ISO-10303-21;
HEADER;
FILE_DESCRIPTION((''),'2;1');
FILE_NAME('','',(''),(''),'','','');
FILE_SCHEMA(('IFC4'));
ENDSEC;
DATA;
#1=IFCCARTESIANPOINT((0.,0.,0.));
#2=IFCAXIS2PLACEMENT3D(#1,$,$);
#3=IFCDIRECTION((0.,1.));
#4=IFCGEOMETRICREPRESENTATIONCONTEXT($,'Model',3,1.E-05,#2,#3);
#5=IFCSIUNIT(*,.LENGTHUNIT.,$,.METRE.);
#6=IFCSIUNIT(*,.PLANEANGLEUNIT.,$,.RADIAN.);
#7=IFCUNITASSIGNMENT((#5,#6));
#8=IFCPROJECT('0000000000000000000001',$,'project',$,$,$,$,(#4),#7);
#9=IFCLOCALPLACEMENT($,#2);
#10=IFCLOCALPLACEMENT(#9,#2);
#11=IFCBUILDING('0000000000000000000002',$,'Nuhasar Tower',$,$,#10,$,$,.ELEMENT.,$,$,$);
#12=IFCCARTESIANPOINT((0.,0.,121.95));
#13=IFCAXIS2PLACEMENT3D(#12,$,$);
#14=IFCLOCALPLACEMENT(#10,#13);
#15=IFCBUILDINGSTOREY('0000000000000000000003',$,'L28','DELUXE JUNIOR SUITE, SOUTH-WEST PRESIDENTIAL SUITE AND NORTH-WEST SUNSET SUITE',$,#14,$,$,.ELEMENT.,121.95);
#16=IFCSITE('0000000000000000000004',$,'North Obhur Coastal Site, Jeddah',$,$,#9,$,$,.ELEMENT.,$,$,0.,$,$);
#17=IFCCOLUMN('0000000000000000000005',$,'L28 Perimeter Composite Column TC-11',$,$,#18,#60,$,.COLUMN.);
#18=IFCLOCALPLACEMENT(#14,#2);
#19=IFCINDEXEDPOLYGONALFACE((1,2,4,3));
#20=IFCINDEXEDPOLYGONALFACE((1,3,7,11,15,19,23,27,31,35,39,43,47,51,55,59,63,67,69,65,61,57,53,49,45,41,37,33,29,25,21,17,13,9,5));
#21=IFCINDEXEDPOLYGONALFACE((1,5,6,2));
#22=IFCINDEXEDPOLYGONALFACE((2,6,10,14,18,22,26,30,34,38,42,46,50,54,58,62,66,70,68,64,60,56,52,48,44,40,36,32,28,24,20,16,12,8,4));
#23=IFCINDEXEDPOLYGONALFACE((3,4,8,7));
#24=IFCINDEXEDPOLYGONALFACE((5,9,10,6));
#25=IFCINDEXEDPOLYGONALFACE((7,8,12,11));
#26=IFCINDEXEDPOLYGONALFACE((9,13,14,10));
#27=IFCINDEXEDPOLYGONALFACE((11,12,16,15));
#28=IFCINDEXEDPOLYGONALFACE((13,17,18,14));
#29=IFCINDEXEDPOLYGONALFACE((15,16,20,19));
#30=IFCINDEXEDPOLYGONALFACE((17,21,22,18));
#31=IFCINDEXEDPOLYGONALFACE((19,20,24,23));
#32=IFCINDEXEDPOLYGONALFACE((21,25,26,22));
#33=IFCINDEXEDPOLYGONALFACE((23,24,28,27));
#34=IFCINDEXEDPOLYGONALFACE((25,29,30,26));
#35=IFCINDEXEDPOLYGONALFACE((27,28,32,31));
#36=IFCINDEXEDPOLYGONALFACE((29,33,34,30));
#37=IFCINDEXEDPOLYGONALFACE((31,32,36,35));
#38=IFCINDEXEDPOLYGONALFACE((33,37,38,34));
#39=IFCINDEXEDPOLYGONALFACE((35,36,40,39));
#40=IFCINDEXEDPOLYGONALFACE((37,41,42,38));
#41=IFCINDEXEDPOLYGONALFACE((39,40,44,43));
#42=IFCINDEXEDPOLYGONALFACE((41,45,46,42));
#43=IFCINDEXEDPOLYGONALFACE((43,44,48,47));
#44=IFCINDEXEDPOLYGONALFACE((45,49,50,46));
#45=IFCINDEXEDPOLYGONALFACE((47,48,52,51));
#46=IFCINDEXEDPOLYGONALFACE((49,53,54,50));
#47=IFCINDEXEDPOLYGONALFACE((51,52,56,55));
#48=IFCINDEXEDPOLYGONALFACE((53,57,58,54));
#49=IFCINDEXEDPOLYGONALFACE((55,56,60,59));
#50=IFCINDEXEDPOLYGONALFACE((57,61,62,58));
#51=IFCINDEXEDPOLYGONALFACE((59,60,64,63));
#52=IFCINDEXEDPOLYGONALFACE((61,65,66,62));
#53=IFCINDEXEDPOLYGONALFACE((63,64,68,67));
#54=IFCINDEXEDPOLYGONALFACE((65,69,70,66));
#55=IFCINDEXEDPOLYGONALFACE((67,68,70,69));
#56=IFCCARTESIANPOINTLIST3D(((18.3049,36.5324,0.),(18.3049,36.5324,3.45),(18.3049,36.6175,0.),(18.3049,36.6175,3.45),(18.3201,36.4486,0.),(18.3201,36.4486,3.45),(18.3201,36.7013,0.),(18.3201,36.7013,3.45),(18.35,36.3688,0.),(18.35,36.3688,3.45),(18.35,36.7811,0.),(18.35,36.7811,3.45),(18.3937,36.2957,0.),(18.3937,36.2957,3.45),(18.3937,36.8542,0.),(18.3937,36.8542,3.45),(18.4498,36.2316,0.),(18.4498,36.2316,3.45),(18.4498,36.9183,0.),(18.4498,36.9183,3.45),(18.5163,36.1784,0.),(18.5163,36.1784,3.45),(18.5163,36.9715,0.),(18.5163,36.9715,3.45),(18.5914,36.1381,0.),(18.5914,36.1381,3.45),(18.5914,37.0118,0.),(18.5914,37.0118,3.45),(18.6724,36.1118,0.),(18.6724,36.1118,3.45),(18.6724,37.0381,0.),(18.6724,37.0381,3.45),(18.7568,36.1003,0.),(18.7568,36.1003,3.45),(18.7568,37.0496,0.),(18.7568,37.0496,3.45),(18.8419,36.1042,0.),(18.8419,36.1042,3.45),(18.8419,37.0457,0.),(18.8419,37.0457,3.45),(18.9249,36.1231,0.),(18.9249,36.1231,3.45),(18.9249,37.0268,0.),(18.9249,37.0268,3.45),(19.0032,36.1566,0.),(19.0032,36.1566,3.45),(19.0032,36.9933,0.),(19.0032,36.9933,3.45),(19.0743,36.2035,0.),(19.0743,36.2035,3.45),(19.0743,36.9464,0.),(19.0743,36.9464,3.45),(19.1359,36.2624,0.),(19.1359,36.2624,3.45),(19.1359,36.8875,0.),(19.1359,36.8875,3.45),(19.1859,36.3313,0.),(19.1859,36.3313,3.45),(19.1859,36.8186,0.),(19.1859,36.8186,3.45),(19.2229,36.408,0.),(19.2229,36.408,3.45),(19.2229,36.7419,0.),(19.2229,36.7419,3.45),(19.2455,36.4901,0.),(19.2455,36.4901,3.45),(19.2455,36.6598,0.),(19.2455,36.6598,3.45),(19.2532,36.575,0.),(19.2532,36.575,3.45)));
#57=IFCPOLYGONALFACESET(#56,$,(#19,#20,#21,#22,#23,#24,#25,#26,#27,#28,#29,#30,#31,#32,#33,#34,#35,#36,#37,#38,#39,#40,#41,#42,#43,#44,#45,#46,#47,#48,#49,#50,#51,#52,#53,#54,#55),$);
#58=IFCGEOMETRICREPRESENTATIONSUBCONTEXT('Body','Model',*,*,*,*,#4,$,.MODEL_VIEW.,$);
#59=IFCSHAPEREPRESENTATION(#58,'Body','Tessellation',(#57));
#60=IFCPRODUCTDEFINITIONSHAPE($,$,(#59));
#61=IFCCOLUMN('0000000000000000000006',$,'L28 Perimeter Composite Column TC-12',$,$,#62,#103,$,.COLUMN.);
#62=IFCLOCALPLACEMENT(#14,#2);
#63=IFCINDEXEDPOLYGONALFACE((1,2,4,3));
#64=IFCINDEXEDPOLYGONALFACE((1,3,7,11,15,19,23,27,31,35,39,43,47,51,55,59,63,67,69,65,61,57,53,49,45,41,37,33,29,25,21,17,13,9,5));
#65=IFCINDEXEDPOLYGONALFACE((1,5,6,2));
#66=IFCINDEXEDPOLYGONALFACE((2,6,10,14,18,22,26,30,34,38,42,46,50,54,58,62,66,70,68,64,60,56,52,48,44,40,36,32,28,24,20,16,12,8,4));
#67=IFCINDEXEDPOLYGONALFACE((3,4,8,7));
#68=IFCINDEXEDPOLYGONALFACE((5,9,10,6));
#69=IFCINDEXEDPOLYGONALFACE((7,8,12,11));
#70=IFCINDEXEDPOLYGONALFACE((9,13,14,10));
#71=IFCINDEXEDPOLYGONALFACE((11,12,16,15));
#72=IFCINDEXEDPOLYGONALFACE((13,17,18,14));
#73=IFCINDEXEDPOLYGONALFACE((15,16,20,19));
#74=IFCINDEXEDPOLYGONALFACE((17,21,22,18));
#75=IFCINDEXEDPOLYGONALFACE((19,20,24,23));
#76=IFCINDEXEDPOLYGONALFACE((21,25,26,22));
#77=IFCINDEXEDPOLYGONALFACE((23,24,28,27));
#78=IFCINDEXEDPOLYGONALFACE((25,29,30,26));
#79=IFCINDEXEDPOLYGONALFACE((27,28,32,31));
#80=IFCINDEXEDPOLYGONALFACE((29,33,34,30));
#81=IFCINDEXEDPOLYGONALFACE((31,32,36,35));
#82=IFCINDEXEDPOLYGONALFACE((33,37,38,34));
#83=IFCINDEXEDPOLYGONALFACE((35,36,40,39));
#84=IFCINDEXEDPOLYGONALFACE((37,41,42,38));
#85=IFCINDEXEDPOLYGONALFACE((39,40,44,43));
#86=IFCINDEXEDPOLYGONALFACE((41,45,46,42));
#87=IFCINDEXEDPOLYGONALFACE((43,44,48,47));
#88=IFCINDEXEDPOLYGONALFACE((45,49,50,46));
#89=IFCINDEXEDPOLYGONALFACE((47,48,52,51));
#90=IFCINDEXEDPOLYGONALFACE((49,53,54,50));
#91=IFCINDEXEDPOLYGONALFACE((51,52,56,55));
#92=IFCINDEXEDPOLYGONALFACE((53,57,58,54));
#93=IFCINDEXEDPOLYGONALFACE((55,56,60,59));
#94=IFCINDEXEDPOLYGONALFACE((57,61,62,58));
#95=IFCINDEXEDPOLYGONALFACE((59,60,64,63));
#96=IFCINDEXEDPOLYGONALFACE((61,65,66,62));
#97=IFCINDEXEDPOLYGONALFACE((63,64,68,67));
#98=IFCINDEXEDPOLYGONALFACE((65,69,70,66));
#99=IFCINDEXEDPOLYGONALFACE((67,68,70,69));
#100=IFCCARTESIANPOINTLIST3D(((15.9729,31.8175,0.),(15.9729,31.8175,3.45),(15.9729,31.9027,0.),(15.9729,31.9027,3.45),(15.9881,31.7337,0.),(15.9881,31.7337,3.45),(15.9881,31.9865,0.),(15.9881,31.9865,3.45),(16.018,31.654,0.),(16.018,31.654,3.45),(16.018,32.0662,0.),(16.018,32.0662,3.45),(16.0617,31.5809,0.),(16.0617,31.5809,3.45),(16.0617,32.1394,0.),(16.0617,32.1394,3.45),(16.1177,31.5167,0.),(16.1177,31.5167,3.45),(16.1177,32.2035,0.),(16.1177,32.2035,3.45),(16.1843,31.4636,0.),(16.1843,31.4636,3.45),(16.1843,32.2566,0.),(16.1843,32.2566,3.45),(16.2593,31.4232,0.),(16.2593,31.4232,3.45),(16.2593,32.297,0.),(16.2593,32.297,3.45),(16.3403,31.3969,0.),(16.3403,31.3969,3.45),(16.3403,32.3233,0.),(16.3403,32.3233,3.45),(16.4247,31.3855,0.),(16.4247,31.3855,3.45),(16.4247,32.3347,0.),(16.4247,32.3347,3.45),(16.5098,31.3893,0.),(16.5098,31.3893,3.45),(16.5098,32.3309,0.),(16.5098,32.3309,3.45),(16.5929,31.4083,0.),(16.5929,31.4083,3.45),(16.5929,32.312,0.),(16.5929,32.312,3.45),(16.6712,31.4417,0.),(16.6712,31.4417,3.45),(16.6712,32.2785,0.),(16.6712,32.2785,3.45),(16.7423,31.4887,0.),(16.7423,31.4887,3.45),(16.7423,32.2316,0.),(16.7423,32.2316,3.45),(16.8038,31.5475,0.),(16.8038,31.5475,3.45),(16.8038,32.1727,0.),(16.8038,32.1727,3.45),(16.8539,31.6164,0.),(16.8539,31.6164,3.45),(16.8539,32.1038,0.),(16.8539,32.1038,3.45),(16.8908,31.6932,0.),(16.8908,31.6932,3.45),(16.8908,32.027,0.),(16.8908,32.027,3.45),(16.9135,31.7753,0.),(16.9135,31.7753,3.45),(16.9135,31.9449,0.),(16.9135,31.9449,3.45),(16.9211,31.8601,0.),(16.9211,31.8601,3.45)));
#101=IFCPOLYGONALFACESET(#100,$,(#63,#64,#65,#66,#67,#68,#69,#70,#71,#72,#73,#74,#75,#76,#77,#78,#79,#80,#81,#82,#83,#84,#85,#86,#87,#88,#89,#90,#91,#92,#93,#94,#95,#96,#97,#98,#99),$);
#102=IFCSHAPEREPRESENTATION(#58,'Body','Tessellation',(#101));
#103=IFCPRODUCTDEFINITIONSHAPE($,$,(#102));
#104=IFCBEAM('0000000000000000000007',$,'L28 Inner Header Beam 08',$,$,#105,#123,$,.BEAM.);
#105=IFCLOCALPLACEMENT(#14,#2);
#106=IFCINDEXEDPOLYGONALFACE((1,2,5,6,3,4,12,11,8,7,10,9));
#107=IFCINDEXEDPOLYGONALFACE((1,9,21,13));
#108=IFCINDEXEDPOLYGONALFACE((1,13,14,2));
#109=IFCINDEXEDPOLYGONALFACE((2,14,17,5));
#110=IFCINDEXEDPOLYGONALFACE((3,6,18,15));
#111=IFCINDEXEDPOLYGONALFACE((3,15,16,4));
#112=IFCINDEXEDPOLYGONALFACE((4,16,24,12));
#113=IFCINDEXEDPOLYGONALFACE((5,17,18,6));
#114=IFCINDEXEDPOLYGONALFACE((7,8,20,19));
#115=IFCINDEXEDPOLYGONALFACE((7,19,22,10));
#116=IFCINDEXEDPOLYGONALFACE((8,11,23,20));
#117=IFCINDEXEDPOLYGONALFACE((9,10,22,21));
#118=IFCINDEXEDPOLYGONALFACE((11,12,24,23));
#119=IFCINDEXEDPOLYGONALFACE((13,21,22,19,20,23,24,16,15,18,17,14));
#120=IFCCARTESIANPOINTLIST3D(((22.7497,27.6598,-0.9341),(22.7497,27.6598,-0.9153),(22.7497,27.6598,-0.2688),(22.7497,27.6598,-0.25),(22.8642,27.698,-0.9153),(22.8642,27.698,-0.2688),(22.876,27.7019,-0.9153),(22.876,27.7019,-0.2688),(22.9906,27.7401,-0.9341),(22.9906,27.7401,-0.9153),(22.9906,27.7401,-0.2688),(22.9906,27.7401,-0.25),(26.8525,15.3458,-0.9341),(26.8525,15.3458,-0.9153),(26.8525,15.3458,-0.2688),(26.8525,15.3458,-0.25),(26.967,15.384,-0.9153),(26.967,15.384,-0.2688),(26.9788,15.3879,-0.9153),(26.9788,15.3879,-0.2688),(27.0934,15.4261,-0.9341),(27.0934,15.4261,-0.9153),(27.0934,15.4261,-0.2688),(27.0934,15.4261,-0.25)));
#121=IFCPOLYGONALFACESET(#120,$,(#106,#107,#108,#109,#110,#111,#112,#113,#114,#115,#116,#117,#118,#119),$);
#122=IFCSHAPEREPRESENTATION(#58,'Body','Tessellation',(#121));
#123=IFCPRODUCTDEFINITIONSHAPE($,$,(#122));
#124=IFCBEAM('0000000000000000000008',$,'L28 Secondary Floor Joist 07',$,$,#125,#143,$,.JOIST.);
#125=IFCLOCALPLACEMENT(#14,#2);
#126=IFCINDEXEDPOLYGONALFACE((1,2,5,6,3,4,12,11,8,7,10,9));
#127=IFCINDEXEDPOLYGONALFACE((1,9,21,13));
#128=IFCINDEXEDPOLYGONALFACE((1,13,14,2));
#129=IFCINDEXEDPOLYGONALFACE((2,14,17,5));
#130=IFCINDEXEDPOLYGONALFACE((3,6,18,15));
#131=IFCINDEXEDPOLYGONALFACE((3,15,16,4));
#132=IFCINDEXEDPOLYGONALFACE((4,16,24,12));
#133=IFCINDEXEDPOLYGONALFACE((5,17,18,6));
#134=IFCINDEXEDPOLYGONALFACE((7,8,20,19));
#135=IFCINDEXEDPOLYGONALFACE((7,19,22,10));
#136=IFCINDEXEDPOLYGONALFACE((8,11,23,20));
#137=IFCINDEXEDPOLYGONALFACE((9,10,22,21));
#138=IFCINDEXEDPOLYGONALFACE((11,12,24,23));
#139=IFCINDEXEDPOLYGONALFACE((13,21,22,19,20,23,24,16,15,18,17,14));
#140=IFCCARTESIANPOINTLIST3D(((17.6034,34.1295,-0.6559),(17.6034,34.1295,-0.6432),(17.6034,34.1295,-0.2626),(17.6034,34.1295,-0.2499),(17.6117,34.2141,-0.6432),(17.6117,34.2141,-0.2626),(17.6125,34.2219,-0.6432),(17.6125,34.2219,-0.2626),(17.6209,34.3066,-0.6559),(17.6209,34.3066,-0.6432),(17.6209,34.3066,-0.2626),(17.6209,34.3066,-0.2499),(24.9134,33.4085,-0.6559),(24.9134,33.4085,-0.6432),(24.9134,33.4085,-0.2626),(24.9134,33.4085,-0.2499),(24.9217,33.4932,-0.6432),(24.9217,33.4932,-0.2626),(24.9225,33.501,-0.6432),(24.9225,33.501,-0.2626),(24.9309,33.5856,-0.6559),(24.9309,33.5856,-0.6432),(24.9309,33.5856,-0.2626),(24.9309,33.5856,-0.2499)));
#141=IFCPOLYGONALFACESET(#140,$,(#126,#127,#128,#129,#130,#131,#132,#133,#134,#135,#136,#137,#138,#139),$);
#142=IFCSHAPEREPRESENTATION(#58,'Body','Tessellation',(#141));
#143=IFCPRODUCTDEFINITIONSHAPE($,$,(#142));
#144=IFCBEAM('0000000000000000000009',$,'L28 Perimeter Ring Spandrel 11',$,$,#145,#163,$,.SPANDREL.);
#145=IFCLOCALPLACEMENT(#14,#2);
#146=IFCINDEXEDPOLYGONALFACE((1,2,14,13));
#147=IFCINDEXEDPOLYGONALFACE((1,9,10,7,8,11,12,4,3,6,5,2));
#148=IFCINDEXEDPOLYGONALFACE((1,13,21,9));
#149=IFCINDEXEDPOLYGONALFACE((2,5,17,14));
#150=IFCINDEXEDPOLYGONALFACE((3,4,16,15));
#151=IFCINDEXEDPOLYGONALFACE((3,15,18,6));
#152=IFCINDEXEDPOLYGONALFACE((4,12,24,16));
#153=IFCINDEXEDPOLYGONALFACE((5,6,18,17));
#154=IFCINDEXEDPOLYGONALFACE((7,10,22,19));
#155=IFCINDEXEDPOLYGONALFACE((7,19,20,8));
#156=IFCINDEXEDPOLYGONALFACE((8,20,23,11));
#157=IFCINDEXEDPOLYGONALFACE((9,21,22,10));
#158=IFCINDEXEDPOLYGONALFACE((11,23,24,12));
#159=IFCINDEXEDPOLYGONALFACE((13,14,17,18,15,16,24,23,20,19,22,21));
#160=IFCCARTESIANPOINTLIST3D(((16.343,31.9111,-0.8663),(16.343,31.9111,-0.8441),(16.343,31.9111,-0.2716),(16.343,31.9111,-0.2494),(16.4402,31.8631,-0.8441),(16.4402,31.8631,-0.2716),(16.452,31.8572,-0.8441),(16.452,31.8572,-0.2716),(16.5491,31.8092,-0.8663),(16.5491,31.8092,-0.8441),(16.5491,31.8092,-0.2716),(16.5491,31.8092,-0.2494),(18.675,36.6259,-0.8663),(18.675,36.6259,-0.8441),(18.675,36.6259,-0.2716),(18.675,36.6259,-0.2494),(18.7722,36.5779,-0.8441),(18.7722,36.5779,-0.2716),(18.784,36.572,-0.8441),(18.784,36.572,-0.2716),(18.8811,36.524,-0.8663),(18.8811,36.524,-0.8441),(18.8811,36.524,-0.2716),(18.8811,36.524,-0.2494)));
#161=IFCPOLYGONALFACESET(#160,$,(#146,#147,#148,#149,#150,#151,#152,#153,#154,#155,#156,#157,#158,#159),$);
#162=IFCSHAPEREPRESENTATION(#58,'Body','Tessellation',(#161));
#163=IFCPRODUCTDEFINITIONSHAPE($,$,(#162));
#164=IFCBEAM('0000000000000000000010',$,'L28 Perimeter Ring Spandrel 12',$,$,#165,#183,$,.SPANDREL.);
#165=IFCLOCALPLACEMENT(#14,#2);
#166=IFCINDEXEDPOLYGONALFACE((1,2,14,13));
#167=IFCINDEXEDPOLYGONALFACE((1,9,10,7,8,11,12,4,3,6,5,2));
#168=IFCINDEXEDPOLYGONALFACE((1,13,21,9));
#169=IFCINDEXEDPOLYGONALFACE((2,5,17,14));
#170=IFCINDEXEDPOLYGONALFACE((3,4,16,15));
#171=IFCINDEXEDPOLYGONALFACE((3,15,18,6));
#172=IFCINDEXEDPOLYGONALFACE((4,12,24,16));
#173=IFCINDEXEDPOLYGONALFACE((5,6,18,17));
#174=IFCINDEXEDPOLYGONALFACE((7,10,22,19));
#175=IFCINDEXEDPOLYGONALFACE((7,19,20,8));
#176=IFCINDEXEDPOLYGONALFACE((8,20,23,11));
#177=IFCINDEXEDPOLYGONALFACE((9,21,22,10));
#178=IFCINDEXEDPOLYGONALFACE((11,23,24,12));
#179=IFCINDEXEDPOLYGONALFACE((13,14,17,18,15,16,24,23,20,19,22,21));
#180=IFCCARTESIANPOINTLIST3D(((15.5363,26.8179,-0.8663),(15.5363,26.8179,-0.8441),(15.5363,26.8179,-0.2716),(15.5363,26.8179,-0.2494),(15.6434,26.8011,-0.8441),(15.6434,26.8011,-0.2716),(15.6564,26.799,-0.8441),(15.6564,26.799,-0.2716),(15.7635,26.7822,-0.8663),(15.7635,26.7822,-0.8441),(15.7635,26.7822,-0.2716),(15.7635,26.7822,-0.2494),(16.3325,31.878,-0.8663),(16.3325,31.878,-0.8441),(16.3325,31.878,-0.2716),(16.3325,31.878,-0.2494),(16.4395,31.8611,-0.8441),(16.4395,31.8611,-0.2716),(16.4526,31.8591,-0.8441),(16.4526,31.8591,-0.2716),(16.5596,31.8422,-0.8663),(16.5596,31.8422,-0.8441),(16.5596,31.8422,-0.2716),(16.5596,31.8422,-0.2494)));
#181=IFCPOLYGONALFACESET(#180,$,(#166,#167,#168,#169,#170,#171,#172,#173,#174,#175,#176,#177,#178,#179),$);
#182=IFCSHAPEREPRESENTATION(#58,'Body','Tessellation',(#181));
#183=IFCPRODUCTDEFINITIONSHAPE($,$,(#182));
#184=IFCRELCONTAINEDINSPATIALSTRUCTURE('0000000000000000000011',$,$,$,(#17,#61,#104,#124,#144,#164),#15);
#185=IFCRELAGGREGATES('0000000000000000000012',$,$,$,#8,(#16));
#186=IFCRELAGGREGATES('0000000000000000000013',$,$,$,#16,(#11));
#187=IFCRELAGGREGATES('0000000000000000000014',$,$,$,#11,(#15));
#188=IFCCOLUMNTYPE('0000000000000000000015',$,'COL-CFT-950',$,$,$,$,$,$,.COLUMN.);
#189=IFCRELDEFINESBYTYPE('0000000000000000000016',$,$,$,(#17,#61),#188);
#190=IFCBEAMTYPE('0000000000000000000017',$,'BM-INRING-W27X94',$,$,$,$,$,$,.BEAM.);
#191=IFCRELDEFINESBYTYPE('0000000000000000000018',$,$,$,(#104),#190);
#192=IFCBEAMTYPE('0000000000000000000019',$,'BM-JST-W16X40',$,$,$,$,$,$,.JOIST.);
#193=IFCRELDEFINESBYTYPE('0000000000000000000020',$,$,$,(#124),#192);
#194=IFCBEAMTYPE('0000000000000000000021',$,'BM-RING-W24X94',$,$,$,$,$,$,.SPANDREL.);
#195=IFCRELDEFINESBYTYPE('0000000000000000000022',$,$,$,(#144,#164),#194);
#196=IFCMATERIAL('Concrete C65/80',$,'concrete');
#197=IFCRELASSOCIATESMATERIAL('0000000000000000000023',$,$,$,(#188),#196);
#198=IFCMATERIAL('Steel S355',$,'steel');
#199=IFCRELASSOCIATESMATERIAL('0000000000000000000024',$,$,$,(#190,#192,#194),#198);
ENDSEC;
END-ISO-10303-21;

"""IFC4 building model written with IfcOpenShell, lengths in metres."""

from ifc_helpers import new_model, si_unit, direction, frame, origin, origin_2d, place, context, subcontext, project, spatial, circle, i_section, extrude, material, material_profile, profile_set, type_object, element, save


model = new_model("IFC4")

# Units and contexts
model_context = context("Model", 3, precision=1e-05, world=origin(), true_north=direction((0.0, 1.0)))
body_context = subcontext(model_context, "Body", "Model", "MODEL_VIEW")
ifc_project = project(units=[si_unit("LENGTHUNIT", "METRE"), si_unit("PLANEANGLEUNIT", "RADIAN")], contexts=[model_context])

# Site, building, storey
site_placement = place(None, origin())
site = spatial("IfcSite", under=ifc_project, at=site_placement, Name="North Obhur Coastal Site, Jeddah", CompositionType="ELEMENT", RefElevation=0.0)
building_placement = place(site_placement, origin())
building = spatial("IfcBuilding", under=site, at=building_placement, Name="Nuhasar Tower", CompositionType="ELEMENT")
storey_placement = place(building_placement, frame((0.0, 0.0, 121.95)))
storey = spatial("IfcBuildingStorey", under=building, at=storey_placement, Name="L28", Description="DELUXE JUNIOR SUITE, SOUTH-WEST PRESIDENTIAL SUITE AND NORTH-WEST SUNSET SUITE", CompositionType="ELEMENT", Elevation=121.95)

# Columns
ifc_material_1 = material(Name="Concrete C65/80", Category="concrete")
ifc_material_profile_1 = material_profile(ifc_material_1, circle(Radius=0.4751, at=origin_2d()), Name="CFT950")
ifc_profile_set_1 = profile_set([ifc_material_profile_1], Name="Concrete C65/80")
column_type = type_object("IfcColumnType", Name="COL-CFT-950", PredefinedType="COLUMN", material=ifc_profile_set_1)
for number, where, z_axis, x_axis, name in (
    (1, (18.7781, 36.575, 0.0), (0.0, 0.0, 1.0), (1.0, 0.0, 0.0), "L28 Perimeter Composite Column TC-11"),
    (2, (16.446, 31.8601, 0.0), (0.0, 0.0, 1.0), (1.0, 0.0, 0.0), "L28 Perimeter Composite Column TC-12"),
):
    element("IfcColumn", number, at=place(storey_placement, frame(where, z_axis=z_axis, x_axis=x_axis)), inside=storey, type_object=column_type, Name=name, PredefinedType="COLUMN", context=body_context, shape_type="SweptSolid", body=[
        extrude(circle(Radius=0.4751, at=origin_2d()), origin(), (0.0, 0.0, 1.0), 3.45),
    ])

# Beams
ifc_material_2 = material(Name="Steel S355", Category="steel")
ifc_material_profile_2 = material_profile(ifc_material_2, i_section(OverallWidth=0.2539, OverallDepth=0.6841, WebThickness=0.0125, FlangeThickness=0.0188, at=origin_2d()), Name="W27X94")
ifc_profile_set_2 = profile_set([ifc_material_profile_2], Name="Steel S355")
beam_type_1 = type_object("IfcBeamType", Name="BM-INRING-W27X94", PredefinedType="BEAM", material=ifc_profile_set_2)
beam_1_placement = place(storey_placement, frame((22.8701, 27.7, -0.592), z_axis=(0.316098, -0.948727, 0.0), x_axis=(0.948727, 0.316098, 0.0)))
element("IfcBeam", 3, at=beam_1_placement, inside=storey, type_object=beam_type_1, Name="L28 Inner Header Beam 08", PredefinedType="BEAM", context=body_context, shape_type="SweptSolid", body=[
    extrude(i_section(OverallWidth=0.2539, OverallDepth=0.6841, WebThickness=0.0125, FlangeThickness=0.0188, at=origin_2d()), origin(), (0.0, 0.0, 1.0), 12.9795),
])
ifc_material_profile_3 = material_profile(ifc_material_2, i_section(OverallWidth=0.178, OverallDepth=0.406, WebThickness=0.0078, FlangeThickness=0.0127, at=origin_2d()), Name="W16X40")
ifc_profile_set_3 = profile_set([ifc_material_profile_3], Name="Steel S355")
beam_type_2 = type_object("IfcBeamType", Name="BM-JST-W16X40", PredefinedType="JOIST", material=ifc_profile_set_3)
beam_2_placement = place(storey_placement, frame((24.9221, 33.4971, -0.4529), z_axis=(-0.995172, 0.098148, 0.0), x_axis=(-0.098148, -0.995172, 0.0)))
element("IfcBeam", 4, at=beam_2_placement, inside=storey, type_object=beam_type_2, Name="L28 Secondary Floor Joist 07", PredefinedType="JOIST", context=body_context, shape_type="SweptSolid", body=[
    extrude(i_section(OverallWidth=0.178, OverallDepth=0.406, WebThickness=0.0078, FlangeThickness=0.0127, at=origin_2d()), origin(), (0.0, 0.0, 1.0), 7.3455),
])
ifc_material_profile_4 = material_profile(ifc_material_2, i_section(OverallWidth=0.23, OverallDepth=0.6169, WebThickness=0.0132, FlangeThickness=0.0222, at=origin_2d()), Name="W24X94")
ifc_profile_set_4 = profile_set([ifc_material_profile_4], Name="Steel S355")
beam_type_3 = type_object("IfcBeamType", Name="BM-RING-W24X94", PredefinedType="SPANDREL", material=ifc_profile_set_4)
beam_3_placement = place(storey_placement, frame((18.7781, 36.575, -0.5579), z_axis=(-0.443348, -0.89635, 0.0), x_axis=(0.89635, -0.443348, 0.0)))
element("IfcBeam", 5, at=beam_3_placement, inside=storey, type_object=beam_type_3, Name="L28 Perimeter Ring Spandrel 11", PredefinedType="SPANDREL", context=body_context, shape_type="SweptSolid", body=[
    extrude(i_section(OverallWidth=0.23, OverallDepth=0.6169, WebThickness=0.0132, FlangeThickness=0.0222, at=origin_2d()), origin(), (0.0, 0.0, 1.0), 5.26),
])
beam_4_placement = place(storey_placement, frame((16.446, 31.8601, -0.5579), z_axis=(-0.155427, -0.987847, 0.0), x_axis=(0.987847, -0.155427, 0.0)))
element("IfcBeam", 6, at=beam_4_placement, inside=storey, type_object=beam_type_3, Name="L28 Perimeter Ring Spandrel 12", PredefinedType="SPANDREL", context=body_context, shape_type="SweptSolid", body=[
    extrude(i_section(OverallWidth=0.23, OverallDepth=0.6169, WebThickness=0.0132, FlangeThickness=0.0222, at=origin_2d()), origin(), (0.0, 0.0, 1.0), 5.1223),
])

save(model, "model.ifc")
